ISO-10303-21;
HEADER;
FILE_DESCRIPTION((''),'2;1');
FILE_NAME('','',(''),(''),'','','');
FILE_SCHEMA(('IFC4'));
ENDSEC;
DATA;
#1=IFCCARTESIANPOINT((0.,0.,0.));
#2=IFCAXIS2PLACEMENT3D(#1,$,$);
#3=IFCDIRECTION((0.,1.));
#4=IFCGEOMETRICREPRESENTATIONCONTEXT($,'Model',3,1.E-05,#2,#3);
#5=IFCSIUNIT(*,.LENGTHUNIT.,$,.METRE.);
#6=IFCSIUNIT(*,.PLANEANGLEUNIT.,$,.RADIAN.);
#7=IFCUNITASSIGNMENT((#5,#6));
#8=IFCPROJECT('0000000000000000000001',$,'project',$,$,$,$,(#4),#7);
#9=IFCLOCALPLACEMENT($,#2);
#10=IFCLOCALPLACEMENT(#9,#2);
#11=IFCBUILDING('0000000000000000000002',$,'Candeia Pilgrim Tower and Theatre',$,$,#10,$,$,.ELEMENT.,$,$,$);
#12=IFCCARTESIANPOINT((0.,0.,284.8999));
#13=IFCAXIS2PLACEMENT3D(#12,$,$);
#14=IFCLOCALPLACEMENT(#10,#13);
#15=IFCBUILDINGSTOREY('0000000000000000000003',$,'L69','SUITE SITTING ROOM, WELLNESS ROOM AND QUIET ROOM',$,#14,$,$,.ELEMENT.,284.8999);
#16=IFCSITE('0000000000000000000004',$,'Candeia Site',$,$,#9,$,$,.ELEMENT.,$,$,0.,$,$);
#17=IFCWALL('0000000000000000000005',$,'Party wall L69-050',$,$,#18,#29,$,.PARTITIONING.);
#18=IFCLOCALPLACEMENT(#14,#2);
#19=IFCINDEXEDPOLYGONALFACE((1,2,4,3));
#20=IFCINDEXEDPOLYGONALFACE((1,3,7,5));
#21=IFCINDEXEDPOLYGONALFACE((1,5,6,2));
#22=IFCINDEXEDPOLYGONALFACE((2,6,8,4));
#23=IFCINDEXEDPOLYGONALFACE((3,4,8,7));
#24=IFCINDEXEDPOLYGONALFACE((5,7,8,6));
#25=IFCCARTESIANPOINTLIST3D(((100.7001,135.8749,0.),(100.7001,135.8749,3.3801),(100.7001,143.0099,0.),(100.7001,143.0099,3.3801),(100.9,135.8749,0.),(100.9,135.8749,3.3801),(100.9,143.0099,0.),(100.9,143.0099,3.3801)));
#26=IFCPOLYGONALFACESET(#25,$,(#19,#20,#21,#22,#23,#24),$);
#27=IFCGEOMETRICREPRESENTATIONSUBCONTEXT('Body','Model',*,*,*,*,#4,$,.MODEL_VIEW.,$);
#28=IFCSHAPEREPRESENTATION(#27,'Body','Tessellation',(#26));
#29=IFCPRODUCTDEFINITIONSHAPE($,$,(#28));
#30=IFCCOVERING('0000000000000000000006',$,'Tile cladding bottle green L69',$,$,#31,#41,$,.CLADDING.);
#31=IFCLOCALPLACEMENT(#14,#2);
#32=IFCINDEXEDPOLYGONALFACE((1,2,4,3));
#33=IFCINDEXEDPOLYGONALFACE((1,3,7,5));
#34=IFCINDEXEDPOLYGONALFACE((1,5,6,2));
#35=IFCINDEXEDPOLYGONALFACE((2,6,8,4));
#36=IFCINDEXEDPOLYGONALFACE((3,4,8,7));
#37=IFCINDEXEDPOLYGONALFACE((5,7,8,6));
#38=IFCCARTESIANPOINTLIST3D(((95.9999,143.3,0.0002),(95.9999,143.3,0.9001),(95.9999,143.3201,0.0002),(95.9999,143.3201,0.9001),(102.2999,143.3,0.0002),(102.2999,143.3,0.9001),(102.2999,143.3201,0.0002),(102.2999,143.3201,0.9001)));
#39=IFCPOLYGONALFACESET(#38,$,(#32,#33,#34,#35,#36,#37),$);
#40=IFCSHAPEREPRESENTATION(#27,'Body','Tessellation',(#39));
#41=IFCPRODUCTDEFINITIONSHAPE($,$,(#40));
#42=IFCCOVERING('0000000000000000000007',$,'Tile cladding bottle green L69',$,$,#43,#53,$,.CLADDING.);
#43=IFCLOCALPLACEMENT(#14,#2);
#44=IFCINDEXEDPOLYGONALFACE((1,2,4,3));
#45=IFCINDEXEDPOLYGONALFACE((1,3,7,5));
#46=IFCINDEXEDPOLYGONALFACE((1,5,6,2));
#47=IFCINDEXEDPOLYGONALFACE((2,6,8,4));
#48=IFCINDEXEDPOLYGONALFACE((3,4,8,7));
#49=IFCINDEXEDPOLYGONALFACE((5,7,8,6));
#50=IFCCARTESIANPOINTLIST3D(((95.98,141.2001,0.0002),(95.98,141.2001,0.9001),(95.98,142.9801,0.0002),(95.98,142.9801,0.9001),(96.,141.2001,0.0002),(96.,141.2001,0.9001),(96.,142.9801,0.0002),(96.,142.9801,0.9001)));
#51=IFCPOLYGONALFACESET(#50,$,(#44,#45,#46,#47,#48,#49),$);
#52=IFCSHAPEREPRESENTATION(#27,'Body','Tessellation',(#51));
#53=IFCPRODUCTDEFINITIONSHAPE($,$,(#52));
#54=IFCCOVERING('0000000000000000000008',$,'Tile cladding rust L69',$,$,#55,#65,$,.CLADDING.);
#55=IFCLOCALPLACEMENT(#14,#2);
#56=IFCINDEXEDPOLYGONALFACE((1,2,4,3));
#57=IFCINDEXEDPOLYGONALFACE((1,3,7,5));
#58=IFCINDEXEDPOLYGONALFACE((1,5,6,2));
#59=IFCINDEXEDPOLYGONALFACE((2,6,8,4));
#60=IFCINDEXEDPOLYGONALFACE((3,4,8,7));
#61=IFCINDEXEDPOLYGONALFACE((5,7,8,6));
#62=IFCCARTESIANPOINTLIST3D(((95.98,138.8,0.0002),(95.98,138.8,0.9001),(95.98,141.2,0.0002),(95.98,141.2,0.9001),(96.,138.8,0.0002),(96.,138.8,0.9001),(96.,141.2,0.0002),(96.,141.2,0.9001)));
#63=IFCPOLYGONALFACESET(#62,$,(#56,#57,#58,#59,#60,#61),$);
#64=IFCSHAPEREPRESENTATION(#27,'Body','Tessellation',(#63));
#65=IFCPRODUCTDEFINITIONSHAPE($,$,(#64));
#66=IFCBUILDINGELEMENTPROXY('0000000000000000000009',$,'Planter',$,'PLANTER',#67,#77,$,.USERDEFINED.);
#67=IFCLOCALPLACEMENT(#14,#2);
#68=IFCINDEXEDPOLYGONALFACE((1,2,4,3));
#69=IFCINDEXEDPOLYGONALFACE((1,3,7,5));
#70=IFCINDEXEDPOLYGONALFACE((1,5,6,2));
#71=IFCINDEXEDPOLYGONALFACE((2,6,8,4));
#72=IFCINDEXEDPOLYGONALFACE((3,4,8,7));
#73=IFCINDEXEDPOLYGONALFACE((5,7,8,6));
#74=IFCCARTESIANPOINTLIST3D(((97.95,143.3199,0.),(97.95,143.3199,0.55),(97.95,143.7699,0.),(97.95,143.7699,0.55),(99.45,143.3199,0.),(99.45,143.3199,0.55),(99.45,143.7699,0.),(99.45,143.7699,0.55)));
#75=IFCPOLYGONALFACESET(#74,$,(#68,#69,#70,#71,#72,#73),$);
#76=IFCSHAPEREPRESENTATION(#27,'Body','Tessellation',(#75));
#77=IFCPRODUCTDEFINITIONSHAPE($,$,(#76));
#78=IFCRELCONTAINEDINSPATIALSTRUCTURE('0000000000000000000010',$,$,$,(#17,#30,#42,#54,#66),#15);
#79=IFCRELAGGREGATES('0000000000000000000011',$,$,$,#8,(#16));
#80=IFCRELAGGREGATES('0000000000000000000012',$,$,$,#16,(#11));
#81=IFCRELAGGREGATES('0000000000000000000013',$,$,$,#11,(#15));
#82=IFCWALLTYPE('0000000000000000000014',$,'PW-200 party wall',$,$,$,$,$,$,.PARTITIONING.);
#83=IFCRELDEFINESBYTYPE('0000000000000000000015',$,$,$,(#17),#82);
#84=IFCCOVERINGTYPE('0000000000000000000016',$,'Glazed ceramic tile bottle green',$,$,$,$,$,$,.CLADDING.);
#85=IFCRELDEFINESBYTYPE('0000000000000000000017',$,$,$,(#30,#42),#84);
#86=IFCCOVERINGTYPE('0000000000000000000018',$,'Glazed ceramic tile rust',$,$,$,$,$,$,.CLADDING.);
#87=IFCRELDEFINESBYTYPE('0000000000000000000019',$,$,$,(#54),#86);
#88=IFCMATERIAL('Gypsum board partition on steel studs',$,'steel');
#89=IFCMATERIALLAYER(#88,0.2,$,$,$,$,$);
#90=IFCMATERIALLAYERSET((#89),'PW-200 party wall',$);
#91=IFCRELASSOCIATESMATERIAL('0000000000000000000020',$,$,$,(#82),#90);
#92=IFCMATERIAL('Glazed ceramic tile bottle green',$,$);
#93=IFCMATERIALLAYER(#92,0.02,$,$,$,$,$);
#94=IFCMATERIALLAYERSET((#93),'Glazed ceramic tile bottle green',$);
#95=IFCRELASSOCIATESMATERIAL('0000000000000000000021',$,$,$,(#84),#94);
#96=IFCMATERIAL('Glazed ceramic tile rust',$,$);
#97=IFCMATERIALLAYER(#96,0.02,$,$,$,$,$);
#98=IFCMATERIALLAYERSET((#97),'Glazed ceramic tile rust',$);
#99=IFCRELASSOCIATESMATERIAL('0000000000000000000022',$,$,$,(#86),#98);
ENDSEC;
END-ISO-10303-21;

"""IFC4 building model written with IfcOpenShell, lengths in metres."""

from ifc_helpers import new_model, si_unit, direction, frame, frame_2d, origin, origin_2d, place, context, subcontext, project, spatial, rectangle, extrude, material, layer, layer_set, type_object, element, save


model = new_model("IFC4")

# Units and contexts
model_context = context("Model", 3, precision=1e-05, world=origin(), true_north=direction((0.0, 1.0)))
body_context = subcontext(model_context, "Body", "Model", "MODEL_VIEW")
ifc_project = project(units=[si_unit("LENGTHUNIT", "METRE"), si_unit("PLANEANGLEUNIT", "RADIAN")], contexts=[model_context])

# Site, building, storey
site_placement = place(None, origin())
site = spatial("IfcSite", under=ifc_project, at=site_placement, Name="Candeia Site", CompositionType="ELEMENT", RefElevation=0.0)
building_placement = place(site_placement, origin())
building = spatial("IfcBuilding", under=site, at=building_placement, Name="Candeia Pilgrim Tower and Theatre", CompositionType="ELEMENT")
storey_placement = place(building_placement, frame((0.0, 0.0, 284.8999)))
storey = spatial("IfcBuildingStorey", under=building, at=storey_placement, Name="L69", Description="SUITE SITTING ROOM, WELLNESS ROOM AND QUIET ROOM", CompositionType="ELEMENT", Elevation=284.8999)

# Shared definitions
ifc_material_1 = material(Name="Gypsum board partition on steel studs", Category="steel")

# Wall
ifc_layer_1 = layer(ifc_material_1, 0.2)
ifc_layer_set_1 = layer_set([ifc_layer_1], Name="PW-200 party wall")
wall_type_1 = type_object("IfcWallType", Name="PW-200 party wall", PredefinedType="PARTITIONING", material=ifc_layer_set_1)
wall_1_placement = place(storey_placement, frame((100.8, 135.875, 0.0), z_axis=(0.0, 0.0, 1.0), x_axis=(0.0, 1.0, 0.0)))
element("IfcWall", 1, at=wall_1_placement, inside=storey, type_object=wall_type_1, Name="Party wall L69-050", PredefinedType="PARTITIONING", context=body_context, shape_type="SweptSolid", body=[
    extrude(rectangle(XDim=7.135, YDim=0.2, at=frame_2d((3.5674, 0.0))), origin(), (0.0, 0.0, 1.0), 3.3801),
])

# Coverings
ifc_material_2 = material(Name="Glazed ceramic tile bottle green")
ifc_layer_2 = layer(ifc_material_2, 0.02)
ifc_layer_set_2 = layer_set([ifc_layer_2], Name="Glazed ceramic tile bottle green")
covering_type_1 = type_object("IfcCoveringType", Name="Glazed ceramic tile bottle green", PredefinedType="CLADDING", material=ifc_layer_set_2)
covering_1_placement = place(storey_placement, frame((99.1499, 143.3101, 0.0002), z_axis=(0.0, 0.0, 1.0), x_axis=(-1.0, 0.0, 0.0)))
element("IfcCovering", 2, at=covering_1_placement, inside=storey, type_object=covering_type_1, Name="Tile cladding bottle green L69", PredefinedType="CLADDING", context=body_context, shape_type="SweptSolid", body=[
    extrude(rectangle(XDim=6.3, YDim=0.02, at=origin_2d()), origin(), (0.0, 0.0, 1.0), 0.8999),
])
covering_2_placement = place(storey_placement, frame((95.99, 142.0901, 0.0002), z_axis=(0.0, 0.0, 1.0), x_axis=(0.0, -1.0, 0.0)))
element("IfcCovering", 3, at=covering_2_placement, inside=storey, type_object=covering_type_1, Name="Tile cladding bottle green L69", PredefinedType="CLADDING", context=body_context, shape_type="SweptSolid", body=[
    extrude(rectangle(XDim=1.78, YDim=0.02, at=origin_2d()), origin(), (0.0, 0.0, 1.0), 0.8999),
])
ifc_material_3 = material(Name="Glazed ceramic tile rust")
ifc_layer_3 = layer(ifc_material_3, 0.02)
ifc_layer_set_3 = layer_set([ifc_layer_3], Name="Glazed ceramic tile rust")
covering_type_2 = type_object("IfcCoveringType", Name="Glazed ceramic tile rust", PredefinedType="CLADDING", material=ifc_layer_set_3)
covering_3_placement = place(storey_placement, frame((95.99, 140.0, 0.0002), z_axis=(0.0, 0.0, 1.0), x_axis=(0.0, -1.0, 0.0)))
element("IfcCovering", 4, at=covering_3_placement, inside=storey, type_object=covering_type_2, Name="Tile cladding rust L69", PredefinedType="CLADDING", context=body_context, shape_type="SweptSolid", body=[
    extrude(rectangle(XDim=2.3999, YDim=0.02, at=origin_2d()), origin(), (0.0, 0.0, 1.0), 0.8999),
])

# Building element proxy
proxy_placement = place(storey_placement, frame((98.7, 143.5449, 0.0), z_axis=(0.0, 0.0, 1.0), x_axis=(-1.0, 0.0, 0.0)))
element("IfcBuildingElementProxy", 5, at=proxy_placement, inside=storey, Name="Planter", ObjectType="PLANTER", PredefinedType="USERDEFINED", context=body_context, shape_type="SweptSolid", body=[
    extrude(rectangle(XDim=1.5, YDim=0.45, at=origin_2d()), origin(), (0.0, 0.0, 1.0), 0.55),
])

save(model, "model.ifc")
